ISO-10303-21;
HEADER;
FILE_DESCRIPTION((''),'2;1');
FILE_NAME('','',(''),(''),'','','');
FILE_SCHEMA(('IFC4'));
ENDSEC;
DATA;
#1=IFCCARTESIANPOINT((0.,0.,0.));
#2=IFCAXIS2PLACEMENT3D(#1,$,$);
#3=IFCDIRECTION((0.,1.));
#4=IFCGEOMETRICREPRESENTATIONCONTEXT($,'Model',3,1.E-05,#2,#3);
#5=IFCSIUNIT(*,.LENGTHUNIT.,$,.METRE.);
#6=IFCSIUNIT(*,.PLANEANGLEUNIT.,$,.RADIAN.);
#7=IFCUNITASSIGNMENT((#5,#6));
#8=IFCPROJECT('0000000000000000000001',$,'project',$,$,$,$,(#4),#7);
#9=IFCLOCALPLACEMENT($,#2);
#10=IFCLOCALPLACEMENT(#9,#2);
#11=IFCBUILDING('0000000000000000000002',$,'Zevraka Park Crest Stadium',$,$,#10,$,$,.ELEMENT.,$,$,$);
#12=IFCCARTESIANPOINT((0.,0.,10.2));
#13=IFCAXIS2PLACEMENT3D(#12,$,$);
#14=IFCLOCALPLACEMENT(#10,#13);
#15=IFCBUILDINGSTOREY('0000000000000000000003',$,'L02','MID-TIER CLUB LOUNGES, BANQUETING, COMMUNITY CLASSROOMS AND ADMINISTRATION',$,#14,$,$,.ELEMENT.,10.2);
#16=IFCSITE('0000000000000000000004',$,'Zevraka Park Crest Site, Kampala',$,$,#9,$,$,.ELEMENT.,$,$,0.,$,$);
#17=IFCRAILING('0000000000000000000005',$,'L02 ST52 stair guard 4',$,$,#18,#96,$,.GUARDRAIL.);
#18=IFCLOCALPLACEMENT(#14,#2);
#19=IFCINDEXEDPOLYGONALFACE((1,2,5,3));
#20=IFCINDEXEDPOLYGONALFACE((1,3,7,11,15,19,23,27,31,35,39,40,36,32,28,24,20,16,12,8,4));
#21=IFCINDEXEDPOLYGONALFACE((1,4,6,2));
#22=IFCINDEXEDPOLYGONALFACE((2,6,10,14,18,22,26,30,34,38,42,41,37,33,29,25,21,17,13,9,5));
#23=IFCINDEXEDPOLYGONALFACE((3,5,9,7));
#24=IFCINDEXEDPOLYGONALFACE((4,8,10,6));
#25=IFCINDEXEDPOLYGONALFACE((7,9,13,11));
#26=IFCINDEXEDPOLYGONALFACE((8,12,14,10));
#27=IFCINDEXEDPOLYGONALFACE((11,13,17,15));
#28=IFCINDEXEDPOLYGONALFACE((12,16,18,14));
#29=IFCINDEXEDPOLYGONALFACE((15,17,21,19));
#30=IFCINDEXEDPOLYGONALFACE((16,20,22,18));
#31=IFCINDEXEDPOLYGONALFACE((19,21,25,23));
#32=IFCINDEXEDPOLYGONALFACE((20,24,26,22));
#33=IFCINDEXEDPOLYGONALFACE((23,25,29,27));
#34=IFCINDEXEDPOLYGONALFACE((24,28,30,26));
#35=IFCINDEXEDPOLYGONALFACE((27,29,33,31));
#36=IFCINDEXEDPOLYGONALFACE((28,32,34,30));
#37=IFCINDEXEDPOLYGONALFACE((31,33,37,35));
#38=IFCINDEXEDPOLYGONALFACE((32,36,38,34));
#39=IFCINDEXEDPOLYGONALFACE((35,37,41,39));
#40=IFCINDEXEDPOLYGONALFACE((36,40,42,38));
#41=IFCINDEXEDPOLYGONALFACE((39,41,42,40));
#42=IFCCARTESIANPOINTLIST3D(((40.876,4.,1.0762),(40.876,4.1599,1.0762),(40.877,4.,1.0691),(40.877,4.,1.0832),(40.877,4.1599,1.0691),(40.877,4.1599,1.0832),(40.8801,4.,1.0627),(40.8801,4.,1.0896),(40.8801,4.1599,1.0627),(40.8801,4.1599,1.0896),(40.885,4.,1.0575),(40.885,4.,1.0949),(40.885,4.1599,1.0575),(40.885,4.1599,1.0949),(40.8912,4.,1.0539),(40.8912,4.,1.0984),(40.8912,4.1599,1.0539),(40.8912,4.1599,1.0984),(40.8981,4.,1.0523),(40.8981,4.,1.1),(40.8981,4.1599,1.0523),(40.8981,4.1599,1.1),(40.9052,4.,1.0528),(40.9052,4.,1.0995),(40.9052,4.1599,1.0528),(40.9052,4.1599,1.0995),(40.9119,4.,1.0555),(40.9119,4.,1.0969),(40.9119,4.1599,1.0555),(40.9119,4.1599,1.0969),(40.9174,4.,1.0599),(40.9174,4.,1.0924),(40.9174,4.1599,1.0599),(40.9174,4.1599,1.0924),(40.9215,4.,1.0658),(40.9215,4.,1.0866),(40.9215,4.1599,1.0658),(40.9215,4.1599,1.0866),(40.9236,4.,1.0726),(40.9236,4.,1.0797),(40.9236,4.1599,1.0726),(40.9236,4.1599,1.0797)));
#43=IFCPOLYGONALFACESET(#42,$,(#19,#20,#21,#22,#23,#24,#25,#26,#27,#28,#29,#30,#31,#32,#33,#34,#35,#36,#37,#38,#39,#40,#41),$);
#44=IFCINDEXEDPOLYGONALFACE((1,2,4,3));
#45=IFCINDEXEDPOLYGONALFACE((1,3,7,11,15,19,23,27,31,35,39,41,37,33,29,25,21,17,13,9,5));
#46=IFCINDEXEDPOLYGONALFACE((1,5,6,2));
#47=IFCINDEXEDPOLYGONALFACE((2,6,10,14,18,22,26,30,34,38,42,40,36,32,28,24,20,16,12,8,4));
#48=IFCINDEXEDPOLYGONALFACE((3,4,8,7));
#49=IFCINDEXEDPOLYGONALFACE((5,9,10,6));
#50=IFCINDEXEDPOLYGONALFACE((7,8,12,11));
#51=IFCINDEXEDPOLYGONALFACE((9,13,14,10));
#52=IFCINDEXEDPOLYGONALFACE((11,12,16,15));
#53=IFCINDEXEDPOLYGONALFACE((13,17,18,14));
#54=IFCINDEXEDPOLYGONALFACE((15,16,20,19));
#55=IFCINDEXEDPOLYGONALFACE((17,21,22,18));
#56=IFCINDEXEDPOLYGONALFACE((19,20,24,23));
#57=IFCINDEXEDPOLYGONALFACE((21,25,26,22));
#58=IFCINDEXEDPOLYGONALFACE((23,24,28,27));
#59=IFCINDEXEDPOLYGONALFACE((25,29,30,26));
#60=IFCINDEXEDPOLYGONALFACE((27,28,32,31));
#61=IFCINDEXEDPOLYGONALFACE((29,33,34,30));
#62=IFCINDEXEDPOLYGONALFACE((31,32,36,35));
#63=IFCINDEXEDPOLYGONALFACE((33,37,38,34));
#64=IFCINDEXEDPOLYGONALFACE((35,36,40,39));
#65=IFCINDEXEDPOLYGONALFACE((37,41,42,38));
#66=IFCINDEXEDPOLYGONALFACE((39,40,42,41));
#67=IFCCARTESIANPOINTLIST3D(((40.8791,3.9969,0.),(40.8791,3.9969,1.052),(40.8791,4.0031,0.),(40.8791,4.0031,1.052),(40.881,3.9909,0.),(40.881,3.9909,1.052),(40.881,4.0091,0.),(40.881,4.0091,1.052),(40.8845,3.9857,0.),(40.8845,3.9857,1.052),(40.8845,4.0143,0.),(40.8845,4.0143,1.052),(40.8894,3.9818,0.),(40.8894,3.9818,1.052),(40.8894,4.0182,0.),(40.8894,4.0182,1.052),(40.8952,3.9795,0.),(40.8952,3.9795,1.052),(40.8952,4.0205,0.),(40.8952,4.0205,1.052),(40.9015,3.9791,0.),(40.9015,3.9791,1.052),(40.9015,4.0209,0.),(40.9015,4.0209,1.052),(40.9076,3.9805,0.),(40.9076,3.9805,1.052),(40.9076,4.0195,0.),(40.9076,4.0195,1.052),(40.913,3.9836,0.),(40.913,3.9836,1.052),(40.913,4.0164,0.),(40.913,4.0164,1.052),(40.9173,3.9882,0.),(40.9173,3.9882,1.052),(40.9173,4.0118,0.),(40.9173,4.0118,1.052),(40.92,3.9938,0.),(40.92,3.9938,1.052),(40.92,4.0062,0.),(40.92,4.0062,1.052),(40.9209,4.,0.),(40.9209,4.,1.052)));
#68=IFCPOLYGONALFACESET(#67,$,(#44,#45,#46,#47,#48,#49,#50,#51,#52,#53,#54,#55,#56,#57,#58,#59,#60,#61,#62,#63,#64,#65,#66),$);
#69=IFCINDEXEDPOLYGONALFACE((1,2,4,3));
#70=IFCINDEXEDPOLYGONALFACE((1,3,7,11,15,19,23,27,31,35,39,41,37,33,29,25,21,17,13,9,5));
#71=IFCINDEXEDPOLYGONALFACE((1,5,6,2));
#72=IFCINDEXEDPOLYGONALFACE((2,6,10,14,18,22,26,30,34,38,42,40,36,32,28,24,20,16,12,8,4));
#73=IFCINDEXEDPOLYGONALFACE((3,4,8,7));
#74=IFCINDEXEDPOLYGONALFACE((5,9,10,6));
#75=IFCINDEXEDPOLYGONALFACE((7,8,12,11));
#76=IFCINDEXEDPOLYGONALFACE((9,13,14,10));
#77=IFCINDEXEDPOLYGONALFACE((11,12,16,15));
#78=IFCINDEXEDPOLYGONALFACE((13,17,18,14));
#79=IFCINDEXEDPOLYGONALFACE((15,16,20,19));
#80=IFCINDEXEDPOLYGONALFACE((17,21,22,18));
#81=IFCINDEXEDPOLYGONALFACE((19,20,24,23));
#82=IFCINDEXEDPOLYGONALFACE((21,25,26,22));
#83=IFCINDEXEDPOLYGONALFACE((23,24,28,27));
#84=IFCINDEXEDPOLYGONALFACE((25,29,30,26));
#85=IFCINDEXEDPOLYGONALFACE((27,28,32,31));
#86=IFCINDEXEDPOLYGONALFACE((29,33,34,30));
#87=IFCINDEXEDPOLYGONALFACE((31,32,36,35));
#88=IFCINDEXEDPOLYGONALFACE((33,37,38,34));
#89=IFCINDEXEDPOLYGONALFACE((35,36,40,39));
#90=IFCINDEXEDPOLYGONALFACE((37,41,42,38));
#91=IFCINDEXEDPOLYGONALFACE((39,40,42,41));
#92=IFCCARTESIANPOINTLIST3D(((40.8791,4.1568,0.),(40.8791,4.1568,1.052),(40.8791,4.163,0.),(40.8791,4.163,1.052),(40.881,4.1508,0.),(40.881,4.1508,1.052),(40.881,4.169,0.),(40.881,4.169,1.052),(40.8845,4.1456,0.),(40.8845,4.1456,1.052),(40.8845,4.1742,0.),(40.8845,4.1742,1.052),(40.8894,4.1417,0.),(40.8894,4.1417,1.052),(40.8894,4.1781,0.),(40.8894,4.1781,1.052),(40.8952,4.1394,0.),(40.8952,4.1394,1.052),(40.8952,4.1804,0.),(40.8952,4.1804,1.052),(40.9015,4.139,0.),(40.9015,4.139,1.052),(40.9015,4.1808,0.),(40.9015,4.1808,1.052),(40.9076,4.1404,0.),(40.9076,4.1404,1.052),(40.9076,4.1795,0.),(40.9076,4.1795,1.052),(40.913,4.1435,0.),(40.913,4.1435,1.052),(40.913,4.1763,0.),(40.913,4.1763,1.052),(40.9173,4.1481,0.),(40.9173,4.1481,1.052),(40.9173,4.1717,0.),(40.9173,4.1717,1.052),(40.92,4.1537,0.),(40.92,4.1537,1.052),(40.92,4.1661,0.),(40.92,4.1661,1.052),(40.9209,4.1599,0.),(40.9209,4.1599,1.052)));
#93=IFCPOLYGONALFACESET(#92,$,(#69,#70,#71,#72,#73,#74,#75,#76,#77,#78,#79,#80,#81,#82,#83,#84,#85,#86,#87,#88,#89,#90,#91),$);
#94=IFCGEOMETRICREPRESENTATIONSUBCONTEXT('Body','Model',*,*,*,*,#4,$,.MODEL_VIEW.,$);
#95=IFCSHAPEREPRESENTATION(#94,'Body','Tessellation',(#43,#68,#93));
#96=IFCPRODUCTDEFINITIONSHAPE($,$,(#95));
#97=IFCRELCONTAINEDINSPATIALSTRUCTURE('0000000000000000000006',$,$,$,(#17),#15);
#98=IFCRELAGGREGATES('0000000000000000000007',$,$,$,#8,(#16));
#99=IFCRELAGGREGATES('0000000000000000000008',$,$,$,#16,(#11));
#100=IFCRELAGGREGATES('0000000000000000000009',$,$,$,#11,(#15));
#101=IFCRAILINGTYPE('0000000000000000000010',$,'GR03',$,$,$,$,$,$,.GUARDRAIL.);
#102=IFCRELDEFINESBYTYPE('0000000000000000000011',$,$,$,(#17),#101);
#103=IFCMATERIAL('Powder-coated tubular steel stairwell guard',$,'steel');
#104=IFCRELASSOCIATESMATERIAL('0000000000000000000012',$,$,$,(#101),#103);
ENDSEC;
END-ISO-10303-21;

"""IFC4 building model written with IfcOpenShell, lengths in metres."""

from ifc_helpers import new_model, si_unit, direction, frame, origin, origin_2d, place, context, subcontext, project, spatial, circle, extrude, material, type_object, element, save


model = new_model("IFC4")

# Units and contexts
model_context = context("Model", 3, precision=1e-05, world=origin(), true_north=direction((0.0, 1.0)))
body_context = subcontext(model_context, "Body", "Model", "MODEL_VIEW")
ifc_project = project(units=[si_unit("LENGTHUNIT", "METRE"), si_unit("PLANEANGLEUNIT", "RADIAN")], contexts=[model_context])

# Site, building, storey
site_placement = place(None, origin())
site = spatial("IfcSite", under=ifc_project, at=site_placement, Name="Zevraka Park Crest Site, Kampala", CompositionType="ELEMENT", RefElevation=0.0)
building_placement = place(site_placement, origin())
building = spatial("IfcBuilding", under=site, at=building_placement, Name="Zevraka Park Crest Stadium", CompositionType="ELEMENT")
storey_placement = place(building_placement, frame((0.0, 0.0, 10.2)))
storey = spatial("IfcBuildingStorey", under=building, at=storey_placement, Name="L02", Description="MID-TIER CLUB LOUNGES, BANQUETING, COMMUNITY CLASSROOMS AND ADMINISTRATION", CompositionType="ELEMENT", Elevation=10.2)

# Railing
ifc_material_1 = material(Name="Powder-coated tubular steel stairwell guard", Category="steel")
railing_type_1 = type_object("IfcRailingType", Name="GR03", PredefinedType="GUARDRAIL", material=ifc_material_1)
railing_1_placement = place(storey_placement, frame((40.8999, 4.0, 0.0)))
element("IfcRailing", 1, at=railing_1_placement, inside=storey, type_object=railing_type_1, Name="L02 ST52 stair guard 4", PredefinedType="GUARDRAIL", context=body_context, shape_type="SweptSolid", body=[
    extrude(circle(Radius=0.0239, at=origin_2d()), frame((0.0, 0.0, 1.0762), z_axis=(0.0, 1.0, 0.0), x_axis=(-1.0, 0.0, 0.0)), (0.0, 0.0, 1.0), 0.1599),
    extrude(circle(Radius=0.021, at=origin_2d()), origin(), (0.0, 0.0, 1.0), 1.052),
    extrude(circle(Radius=0.021, at=origin_2d()), frame((0.0, 0.1599, 0.0)), (0.0, 0.0, 1.0), 1.052),
])

save(model, "model.ifc")
